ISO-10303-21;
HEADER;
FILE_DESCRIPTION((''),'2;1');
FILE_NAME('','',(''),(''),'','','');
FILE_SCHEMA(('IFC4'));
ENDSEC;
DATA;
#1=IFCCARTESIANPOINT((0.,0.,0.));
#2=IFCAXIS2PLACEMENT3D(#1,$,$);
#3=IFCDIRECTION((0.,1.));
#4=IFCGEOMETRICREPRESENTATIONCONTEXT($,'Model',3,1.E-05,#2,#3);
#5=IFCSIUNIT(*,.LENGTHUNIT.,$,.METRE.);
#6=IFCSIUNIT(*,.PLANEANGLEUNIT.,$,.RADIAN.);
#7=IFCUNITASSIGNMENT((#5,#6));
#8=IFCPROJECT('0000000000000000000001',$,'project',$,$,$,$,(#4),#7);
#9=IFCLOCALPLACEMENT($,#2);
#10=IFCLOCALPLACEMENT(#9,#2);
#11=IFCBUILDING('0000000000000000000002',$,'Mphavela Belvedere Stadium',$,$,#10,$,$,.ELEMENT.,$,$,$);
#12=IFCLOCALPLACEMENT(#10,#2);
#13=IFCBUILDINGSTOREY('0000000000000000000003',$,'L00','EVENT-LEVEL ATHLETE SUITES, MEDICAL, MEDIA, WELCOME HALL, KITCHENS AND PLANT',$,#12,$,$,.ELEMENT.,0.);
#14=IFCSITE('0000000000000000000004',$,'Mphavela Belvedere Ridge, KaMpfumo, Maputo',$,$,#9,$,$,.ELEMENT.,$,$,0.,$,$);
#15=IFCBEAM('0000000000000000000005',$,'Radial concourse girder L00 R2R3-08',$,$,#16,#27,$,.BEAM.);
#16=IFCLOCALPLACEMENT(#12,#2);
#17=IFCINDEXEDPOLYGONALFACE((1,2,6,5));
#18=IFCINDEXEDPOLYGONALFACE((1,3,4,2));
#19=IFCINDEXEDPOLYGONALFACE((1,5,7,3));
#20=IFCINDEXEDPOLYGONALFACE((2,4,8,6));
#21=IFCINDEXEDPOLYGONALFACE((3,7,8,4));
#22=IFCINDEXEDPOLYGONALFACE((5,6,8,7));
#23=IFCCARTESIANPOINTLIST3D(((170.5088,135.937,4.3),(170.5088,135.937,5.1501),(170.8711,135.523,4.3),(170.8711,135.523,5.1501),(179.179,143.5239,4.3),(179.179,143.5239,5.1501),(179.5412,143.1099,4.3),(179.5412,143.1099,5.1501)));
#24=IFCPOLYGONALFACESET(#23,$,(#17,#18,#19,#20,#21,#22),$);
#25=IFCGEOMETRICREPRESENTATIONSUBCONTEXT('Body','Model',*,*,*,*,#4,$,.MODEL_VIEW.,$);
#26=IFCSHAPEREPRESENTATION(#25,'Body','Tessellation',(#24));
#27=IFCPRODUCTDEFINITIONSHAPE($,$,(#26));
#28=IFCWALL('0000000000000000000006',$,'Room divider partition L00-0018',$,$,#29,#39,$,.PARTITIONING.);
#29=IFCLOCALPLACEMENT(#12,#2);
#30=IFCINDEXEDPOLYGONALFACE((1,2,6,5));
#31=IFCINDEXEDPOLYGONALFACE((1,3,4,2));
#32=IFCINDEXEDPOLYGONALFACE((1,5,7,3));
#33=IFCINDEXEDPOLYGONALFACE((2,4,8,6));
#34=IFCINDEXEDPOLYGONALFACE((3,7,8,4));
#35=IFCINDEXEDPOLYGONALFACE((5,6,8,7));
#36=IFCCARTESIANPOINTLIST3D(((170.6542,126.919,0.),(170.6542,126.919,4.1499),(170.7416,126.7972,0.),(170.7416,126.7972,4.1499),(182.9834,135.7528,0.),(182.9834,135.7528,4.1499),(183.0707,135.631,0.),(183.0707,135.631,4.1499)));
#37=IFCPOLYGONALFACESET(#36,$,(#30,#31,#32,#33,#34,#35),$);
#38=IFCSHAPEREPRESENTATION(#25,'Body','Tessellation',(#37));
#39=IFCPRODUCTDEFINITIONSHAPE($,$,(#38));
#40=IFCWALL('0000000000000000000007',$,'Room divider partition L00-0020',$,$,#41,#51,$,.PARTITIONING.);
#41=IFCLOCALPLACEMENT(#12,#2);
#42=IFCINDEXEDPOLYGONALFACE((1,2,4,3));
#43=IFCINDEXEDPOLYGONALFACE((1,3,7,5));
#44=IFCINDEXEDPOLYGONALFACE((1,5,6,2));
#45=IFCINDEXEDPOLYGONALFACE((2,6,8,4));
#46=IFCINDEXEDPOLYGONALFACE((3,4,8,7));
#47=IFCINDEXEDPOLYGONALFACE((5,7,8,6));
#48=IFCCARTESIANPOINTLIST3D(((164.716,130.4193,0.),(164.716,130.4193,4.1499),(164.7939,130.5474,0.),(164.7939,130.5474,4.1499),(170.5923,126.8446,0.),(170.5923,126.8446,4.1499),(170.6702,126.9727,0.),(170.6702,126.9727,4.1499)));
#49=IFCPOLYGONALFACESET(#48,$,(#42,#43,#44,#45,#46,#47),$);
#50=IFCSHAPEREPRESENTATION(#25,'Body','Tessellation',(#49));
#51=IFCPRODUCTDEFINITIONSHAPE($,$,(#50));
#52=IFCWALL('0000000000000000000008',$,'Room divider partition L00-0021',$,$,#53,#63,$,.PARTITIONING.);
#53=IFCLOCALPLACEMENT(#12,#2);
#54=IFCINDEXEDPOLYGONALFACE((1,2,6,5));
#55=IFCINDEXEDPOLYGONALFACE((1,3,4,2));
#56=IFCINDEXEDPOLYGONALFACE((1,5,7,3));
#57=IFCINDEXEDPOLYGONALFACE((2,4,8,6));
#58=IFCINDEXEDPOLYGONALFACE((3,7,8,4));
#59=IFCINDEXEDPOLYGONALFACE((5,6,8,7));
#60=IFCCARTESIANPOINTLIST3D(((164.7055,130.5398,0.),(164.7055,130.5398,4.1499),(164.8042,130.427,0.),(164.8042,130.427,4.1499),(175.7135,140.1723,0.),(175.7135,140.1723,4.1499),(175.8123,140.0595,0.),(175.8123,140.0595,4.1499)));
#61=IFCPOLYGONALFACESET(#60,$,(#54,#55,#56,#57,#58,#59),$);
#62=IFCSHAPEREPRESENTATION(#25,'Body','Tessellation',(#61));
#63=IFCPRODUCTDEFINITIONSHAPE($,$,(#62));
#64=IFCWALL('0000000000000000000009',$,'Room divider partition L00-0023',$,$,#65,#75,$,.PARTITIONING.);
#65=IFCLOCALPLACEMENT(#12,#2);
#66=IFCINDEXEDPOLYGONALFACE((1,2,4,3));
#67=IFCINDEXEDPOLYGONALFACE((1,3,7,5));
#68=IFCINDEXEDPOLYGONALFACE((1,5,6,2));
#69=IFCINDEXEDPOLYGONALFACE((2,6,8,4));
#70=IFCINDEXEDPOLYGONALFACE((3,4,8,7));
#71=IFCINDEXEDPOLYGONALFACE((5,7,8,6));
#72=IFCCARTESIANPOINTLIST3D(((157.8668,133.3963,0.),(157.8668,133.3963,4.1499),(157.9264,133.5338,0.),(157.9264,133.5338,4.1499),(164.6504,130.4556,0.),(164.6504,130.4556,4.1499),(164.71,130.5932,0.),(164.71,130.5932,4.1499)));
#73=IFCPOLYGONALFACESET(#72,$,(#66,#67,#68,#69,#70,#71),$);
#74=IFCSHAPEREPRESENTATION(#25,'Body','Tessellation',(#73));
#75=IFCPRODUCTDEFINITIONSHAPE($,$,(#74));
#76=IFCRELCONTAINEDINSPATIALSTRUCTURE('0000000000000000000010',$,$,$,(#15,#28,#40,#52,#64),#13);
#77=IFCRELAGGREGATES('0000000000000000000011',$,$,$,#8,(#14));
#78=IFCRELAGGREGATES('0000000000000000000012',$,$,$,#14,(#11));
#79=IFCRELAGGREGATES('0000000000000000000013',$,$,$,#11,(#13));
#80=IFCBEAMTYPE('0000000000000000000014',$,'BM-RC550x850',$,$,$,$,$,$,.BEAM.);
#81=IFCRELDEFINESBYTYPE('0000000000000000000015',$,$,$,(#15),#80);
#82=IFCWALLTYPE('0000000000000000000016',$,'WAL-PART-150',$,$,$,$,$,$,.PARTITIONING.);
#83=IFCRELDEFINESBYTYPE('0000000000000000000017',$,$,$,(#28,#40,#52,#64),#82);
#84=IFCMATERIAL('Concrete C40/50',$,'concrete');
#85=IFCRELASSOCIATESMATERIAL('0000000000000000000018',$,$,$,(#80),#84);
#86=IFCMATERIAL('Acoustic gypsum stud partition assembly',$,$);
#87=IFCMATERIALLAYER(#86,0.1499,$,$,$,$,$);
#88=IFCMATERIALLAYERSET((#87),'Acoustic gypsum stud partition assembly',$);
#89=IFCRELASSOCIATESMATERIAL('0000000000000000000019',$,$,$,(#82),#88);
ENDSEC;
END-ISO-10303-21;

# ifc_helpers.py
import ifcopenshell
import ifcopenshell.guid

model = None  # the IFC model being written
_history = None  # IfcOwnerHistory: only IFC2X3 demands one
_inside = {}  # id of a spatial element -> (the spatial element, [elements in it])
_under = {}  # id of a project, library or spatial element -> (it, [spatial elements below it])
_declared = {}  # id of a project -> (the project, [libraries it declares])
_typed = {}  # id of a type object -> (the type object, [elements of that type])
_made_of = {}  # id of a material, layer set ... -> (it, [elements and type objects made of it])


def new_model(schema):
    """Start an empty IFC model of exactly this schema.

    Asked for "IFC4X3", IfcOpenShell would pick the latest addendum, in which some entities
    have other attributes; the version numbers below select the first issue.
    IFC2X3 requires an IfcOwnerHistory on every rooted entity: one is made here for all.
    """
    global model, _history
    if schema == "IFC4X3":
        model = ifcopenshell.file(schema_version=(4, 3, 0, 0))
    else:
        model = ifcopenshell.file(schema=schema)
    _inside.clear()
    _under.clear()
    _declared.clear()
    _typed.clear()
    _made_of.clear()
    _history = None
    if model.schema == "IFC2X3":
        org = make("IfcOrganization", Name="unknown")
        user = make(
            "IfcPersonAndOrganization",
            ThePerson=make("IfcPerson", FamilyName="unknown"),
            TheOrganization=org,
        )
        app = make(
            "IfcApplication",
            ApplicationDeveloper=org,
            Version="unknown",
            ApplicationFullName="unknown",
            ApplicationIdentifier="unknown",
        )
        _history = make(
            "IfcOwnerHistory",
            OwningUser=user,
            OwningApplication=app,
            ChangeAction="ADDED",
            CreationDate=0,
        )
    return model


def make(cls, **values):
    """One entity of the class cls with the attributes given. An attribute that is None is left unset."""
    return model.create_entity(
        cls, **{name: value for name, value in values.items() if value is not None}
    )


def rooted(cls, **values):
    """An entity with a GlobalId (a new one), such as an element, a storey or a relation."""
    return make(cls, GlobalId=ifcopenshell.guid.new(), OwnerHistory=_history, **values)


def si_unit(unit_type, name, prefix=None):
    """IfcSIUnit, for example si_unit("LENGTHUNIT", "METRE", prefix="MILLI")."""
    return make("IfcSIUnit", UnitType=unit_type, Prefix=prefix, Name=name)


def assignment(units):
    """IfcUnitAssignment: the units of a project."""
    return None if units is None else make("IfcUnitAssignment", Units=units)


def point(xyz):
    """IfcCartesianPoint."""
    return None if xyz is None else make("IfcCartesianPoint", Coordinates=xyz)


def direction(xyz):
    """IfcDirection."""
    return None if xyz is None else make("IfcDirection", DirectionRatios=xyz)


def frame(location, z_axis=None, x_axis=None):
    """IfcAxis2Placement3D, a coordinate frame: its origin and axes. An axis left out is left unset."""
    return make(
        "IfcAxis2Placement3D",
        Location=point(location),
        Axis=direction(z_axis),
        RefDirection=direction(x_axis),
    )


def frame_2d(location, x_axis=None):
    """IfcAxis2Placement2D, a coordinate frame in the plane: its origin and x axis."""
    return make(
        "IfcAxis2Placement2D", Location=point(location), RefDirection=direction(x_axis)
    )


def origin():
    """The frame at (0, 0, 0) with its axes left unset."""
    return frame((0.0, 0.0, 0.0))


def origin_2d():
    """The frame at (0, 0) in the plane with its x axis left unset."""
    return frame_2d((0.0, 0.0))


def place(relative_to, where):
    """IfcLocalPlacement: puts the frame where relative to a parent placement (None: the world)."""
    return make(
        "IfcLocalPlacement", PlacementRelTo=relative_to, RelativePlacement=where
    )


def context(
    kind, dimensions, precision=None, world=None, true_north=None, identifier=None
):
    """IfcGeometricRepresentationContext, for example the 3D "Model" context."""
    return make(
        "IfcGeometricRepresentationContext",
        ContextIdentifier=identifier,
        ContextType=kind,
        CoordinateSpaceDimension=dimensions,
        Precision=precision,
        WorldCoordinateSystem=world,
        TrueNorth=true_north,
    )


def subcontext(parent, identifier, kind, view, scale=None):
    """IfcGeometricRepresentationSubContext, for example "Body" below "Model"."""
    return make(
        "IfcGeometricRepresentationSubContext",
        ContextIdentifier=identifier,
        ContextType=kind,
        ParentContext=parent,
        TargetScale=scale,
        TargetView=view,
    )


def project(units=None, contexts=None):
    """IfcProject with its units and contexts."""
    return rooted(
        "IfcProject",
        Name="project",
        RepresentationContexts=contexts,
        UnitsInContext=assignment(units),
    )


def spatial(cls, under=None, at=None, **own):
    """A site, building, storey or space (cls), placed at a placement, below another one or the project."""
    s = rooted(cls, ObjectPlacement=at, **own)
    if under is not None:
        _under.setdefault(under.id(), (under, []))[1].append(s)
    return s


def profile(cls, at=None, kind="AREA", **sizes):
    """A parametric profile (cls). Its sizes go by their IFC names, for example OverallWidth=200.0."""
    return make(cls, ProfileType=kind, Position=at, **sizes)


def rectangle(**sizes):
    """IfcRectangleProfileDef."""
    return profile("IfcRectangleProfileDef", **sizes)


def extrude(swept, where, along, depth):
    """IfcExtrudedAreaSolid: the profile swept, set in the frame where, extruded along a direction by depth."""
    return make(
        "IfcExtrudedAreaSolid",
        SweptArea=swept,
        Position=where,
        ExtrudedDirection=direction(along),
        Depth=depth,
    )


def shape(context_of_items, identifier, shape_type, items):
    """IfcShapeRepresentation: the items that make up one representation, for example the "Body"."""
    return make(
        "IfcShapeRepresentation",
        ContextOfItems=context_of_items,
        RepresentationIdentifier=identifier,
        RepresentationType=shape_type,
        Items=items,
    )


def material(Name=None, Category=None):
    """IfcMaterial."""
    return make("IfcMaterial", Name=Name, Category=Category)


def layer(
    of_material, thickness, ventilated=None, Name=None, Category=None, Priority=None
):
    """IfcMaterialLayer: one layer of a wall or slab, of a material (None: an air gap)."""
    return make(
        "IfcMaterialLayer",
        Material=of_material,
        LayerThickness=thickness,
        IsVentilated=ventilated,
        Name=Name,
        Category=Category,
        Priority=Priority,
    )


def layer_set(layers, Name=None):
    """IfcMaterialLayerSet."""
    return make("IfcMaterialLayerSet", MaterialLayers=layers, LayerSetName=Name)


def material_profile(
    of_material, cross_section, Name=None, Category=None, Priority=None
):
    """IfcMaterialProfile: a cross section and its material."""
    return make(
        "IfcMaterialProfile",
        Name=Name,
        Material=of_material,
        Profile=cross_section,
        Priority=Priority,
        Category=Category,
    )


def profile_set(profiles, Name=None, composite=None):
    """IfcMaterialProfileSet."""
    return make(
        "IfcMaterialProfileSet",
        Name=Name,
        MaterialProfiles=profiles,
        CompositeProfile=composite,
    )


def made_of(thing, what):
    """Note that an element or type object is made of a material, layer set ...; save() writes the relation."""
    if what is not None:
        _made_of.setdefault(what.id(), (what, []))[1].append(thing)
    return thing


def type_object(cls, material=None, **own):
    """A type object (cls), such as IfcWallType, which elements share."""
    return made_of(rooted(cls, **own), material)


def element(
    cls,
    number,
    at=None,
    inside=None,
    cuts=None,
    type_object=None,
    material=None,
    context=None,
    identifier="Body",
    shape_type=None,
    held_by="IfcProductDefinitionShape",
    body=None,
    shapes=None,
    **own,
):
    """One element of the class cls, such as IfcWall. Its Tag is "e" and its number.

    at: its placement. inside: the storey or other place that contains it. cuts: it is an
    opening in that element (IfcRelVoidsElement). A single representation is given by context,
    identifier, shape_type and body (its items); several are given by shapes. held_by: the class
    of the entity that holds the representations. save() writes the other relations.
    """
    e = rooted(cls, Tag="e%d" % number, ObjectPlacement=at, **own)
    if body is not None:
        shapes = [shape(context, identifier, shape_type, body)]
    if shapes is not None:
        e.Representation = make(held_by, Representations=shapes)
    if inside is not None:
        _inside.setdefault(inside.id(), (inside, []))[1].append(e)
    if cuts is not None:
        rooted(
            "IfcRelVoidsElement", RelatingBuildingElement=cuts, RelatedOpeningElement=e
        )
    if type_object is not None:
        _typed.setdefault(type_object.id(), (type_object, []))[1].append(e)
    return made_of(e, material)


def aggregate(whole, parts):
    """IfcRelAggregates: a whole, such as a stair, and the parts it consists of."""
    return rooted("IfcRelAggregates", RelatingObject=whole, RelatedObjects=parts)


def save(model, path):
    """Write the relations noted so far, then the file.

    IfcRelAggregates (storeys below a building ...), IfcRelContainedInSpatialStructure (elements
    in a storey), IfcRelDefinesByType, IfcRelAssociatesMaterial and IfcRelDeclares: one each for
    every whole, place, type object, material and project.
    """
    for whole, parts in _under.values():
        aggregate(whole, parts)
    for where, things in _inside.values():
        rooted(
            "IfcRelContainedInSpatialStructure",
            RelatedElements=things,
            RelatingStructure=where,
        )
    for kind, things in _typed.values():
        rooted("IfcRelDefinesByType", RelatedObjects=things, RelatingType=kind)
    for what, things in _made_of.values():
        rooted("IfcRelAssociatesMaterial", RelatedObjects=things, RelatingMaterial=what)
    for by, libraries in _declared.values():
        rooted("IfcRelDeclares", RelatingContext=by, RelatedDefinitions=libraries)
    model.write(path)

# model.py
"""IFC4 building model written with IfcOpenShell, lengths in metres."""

from ifc_helpers import new_model, si_unit, direction, frame, frame_2d, origin, origin_2d, place, context, subcontext, project, spatial, rectangle, extrude, material, layer, layer_set, material_profile, profile_set, type_object, element, save


model = new_model("IFC4")

# Units and contexts
model_context = context("Model", 3, precision=1e-05, world=origin(), true_north=direction((0.0, 1.0)))
body_context = subcontext(model_context, "Body", "Model", "MODEL_VIEW")
ifc_project = project(units=[si_unit("LENGTHUNIT", "METRE"), si_unit("PLANEANGLEUNIT", "RADIAN")], contexts=[model_context])

# Site, building, storey
site_placement = place(None, origin())
site = spatial("IfcSite", under=ifc_project, at=site_placement, Name="Mphavela Belvedere Ridge, KaMpfumo, Maputo", CompositionType="ELEMENT", RefElevation=0.0)
building_placement = place(site_placement, origin())
building = spatial("IfcBuilding", under=site, at=building_placement, Name="Mphavela Belvedere Stadium", CompositionType="ELEMENT")
storey_placement = place(building_placement, origin())
storey = spatial("IfcBuildingStorey", under=building, at=storey_placement, Name="L00", Description="EVENT-LEVEL ATHLETE SUITES, MEDICAL, MEDIA, WELCOME HALL, KITCHENS AND PLANT", CompositionType="ELEMENT", Elevation=0.0)

# Beam
ifc_material_1 = material(Name="Concrete C40/50", Category="concrete")
ifc_material_profile_1 = material_profile(ifc_material_1, rectangle(XDim=0.55, YDim=0.8501, at=origin_2d()), Name="RC 550x850")
ifc_profile_set_1 = profile_set([ifc_material_profile_1], Name="Concrete C40/50")
beam_type_1 = type_object("IfcBeamType", Name="BM-RC550x850", PredefinedType="BEAM", material=ifc_profile_set_1)
beam_1_placement = place(storey_placement, frame((170.6899, 135.73, 4.7251), z_axis=(0.752554, 0.65853, 0.0), x_axis=(-0.65853, 0.752554, 0.0)))
element("IfcBeam", 1, at=beam_1_placement, inside=storey, type_object=beam_type_1, Name="Radial concourse girder L00 R2R3-08", PredefinedType="BEAM", context=body_context, shape_type="SweptSolid", body=[
    extrude(rectangle(XDim=0.55, YDim=0.8501, at=origin_2d()), origin(), (0.0, 0.0, 1.0), 11.521),
])

# Walls
ifc_material_2 = material(Name="Acoustic gypsum stud partition assembly")
ifc_layer = layer(ifc_material_2, 0.1499)
ifc_layer_set = layer_set([ifc_layer], Name="Acoustic gypsum stud partition assembly")
wall_type = type_object("IfcWallType", Name="WAL-PART-150", PredefinedType="PARTITIONING", material=ifc_layer_set)
wall_1_placement = place(storey_placement, frame((170.698, 126.8582, 0.0), z_axis=(0.0, 0.0, 1.0), x_axis=(0.812883, 0.582427, 0.0)))
element("IfcWall", 2, at=wall_1_placement, inside=storey, type_object=wall_type, Name="Room divider partition L00-0018", PredefinedType="PARTITIONING", context=body_context, shape_type="SweptSolid", body=[
    extrude(rectangle(XDim=15.1672, YDim=0.1499, at=frame_2d((7.5835, 0.0))), origin(), (0.0, 0.0, 1.0), 4.1499),
])
wall_2_placement = place(storey_placement, frame((170.6311, 126.9087, 0.0), z_axis=(0.0, 0.0, 1.0), x_axis=(-0.854336, 0.519722, 0.0)))
element("IfcWall", 3, at=wall_2_placement, inside=storey, type_object=wall_type, Name="Room divider partition L00-0020", PredefinedType="PARTITIONING", context=body_context, shape_type="SweptSolid", body=[
    extrude(rectangle(XDim=6.8782, YDim=0.1499, at=frame_2d((3.439, 0.0))), origin(), (0.0, 0.0, 1.0), 4.1499),
])
wall_3_placement = place(storey_placement, frame((164.7549, 130.4834, 0.0), z_axis=(0.0, 0.0, 1.0), x_axis=(0.752559, 0.658525, 0.0)))
element("IfcWall", 4, at=wall_3_placement, inside=storey, type_object=wall_type, Name="Room divider partition L00-0021", PredefinedType="PARTITIONING", context=body_context, shape_type="SweptSolid", body=[
    extrude(rectangle(XDim=14.6274, YDim=0.1499, at=frame_2d((7.3137, 0.0))), origin(), (0.0, 0.0, 1.0), 4.1499),
])
wall_4_placement = place(storey_placement, frame((164.6802, 130.5244, 0.0), z_axis=(0.0, 0.0, 1.0), x_axis=(-0.917503, 0.39773, 0.0)))
element("IfcWall", 5, at=wall_4_placement, inside=storey, type_object=wall_type, Name="Room divider partition L00-0023", PredefinedType="PARTITIONING", context=body_context, shape_type="SweptSolid", body=[
    extrude(rectangle(XDim=7.3936, YDim=0.1499, at=frame_2d((3.6968, 0.0))), origin(), (0.0, 0.0, 1.0), 4.1499),
])

save(model, "model.ifc")
